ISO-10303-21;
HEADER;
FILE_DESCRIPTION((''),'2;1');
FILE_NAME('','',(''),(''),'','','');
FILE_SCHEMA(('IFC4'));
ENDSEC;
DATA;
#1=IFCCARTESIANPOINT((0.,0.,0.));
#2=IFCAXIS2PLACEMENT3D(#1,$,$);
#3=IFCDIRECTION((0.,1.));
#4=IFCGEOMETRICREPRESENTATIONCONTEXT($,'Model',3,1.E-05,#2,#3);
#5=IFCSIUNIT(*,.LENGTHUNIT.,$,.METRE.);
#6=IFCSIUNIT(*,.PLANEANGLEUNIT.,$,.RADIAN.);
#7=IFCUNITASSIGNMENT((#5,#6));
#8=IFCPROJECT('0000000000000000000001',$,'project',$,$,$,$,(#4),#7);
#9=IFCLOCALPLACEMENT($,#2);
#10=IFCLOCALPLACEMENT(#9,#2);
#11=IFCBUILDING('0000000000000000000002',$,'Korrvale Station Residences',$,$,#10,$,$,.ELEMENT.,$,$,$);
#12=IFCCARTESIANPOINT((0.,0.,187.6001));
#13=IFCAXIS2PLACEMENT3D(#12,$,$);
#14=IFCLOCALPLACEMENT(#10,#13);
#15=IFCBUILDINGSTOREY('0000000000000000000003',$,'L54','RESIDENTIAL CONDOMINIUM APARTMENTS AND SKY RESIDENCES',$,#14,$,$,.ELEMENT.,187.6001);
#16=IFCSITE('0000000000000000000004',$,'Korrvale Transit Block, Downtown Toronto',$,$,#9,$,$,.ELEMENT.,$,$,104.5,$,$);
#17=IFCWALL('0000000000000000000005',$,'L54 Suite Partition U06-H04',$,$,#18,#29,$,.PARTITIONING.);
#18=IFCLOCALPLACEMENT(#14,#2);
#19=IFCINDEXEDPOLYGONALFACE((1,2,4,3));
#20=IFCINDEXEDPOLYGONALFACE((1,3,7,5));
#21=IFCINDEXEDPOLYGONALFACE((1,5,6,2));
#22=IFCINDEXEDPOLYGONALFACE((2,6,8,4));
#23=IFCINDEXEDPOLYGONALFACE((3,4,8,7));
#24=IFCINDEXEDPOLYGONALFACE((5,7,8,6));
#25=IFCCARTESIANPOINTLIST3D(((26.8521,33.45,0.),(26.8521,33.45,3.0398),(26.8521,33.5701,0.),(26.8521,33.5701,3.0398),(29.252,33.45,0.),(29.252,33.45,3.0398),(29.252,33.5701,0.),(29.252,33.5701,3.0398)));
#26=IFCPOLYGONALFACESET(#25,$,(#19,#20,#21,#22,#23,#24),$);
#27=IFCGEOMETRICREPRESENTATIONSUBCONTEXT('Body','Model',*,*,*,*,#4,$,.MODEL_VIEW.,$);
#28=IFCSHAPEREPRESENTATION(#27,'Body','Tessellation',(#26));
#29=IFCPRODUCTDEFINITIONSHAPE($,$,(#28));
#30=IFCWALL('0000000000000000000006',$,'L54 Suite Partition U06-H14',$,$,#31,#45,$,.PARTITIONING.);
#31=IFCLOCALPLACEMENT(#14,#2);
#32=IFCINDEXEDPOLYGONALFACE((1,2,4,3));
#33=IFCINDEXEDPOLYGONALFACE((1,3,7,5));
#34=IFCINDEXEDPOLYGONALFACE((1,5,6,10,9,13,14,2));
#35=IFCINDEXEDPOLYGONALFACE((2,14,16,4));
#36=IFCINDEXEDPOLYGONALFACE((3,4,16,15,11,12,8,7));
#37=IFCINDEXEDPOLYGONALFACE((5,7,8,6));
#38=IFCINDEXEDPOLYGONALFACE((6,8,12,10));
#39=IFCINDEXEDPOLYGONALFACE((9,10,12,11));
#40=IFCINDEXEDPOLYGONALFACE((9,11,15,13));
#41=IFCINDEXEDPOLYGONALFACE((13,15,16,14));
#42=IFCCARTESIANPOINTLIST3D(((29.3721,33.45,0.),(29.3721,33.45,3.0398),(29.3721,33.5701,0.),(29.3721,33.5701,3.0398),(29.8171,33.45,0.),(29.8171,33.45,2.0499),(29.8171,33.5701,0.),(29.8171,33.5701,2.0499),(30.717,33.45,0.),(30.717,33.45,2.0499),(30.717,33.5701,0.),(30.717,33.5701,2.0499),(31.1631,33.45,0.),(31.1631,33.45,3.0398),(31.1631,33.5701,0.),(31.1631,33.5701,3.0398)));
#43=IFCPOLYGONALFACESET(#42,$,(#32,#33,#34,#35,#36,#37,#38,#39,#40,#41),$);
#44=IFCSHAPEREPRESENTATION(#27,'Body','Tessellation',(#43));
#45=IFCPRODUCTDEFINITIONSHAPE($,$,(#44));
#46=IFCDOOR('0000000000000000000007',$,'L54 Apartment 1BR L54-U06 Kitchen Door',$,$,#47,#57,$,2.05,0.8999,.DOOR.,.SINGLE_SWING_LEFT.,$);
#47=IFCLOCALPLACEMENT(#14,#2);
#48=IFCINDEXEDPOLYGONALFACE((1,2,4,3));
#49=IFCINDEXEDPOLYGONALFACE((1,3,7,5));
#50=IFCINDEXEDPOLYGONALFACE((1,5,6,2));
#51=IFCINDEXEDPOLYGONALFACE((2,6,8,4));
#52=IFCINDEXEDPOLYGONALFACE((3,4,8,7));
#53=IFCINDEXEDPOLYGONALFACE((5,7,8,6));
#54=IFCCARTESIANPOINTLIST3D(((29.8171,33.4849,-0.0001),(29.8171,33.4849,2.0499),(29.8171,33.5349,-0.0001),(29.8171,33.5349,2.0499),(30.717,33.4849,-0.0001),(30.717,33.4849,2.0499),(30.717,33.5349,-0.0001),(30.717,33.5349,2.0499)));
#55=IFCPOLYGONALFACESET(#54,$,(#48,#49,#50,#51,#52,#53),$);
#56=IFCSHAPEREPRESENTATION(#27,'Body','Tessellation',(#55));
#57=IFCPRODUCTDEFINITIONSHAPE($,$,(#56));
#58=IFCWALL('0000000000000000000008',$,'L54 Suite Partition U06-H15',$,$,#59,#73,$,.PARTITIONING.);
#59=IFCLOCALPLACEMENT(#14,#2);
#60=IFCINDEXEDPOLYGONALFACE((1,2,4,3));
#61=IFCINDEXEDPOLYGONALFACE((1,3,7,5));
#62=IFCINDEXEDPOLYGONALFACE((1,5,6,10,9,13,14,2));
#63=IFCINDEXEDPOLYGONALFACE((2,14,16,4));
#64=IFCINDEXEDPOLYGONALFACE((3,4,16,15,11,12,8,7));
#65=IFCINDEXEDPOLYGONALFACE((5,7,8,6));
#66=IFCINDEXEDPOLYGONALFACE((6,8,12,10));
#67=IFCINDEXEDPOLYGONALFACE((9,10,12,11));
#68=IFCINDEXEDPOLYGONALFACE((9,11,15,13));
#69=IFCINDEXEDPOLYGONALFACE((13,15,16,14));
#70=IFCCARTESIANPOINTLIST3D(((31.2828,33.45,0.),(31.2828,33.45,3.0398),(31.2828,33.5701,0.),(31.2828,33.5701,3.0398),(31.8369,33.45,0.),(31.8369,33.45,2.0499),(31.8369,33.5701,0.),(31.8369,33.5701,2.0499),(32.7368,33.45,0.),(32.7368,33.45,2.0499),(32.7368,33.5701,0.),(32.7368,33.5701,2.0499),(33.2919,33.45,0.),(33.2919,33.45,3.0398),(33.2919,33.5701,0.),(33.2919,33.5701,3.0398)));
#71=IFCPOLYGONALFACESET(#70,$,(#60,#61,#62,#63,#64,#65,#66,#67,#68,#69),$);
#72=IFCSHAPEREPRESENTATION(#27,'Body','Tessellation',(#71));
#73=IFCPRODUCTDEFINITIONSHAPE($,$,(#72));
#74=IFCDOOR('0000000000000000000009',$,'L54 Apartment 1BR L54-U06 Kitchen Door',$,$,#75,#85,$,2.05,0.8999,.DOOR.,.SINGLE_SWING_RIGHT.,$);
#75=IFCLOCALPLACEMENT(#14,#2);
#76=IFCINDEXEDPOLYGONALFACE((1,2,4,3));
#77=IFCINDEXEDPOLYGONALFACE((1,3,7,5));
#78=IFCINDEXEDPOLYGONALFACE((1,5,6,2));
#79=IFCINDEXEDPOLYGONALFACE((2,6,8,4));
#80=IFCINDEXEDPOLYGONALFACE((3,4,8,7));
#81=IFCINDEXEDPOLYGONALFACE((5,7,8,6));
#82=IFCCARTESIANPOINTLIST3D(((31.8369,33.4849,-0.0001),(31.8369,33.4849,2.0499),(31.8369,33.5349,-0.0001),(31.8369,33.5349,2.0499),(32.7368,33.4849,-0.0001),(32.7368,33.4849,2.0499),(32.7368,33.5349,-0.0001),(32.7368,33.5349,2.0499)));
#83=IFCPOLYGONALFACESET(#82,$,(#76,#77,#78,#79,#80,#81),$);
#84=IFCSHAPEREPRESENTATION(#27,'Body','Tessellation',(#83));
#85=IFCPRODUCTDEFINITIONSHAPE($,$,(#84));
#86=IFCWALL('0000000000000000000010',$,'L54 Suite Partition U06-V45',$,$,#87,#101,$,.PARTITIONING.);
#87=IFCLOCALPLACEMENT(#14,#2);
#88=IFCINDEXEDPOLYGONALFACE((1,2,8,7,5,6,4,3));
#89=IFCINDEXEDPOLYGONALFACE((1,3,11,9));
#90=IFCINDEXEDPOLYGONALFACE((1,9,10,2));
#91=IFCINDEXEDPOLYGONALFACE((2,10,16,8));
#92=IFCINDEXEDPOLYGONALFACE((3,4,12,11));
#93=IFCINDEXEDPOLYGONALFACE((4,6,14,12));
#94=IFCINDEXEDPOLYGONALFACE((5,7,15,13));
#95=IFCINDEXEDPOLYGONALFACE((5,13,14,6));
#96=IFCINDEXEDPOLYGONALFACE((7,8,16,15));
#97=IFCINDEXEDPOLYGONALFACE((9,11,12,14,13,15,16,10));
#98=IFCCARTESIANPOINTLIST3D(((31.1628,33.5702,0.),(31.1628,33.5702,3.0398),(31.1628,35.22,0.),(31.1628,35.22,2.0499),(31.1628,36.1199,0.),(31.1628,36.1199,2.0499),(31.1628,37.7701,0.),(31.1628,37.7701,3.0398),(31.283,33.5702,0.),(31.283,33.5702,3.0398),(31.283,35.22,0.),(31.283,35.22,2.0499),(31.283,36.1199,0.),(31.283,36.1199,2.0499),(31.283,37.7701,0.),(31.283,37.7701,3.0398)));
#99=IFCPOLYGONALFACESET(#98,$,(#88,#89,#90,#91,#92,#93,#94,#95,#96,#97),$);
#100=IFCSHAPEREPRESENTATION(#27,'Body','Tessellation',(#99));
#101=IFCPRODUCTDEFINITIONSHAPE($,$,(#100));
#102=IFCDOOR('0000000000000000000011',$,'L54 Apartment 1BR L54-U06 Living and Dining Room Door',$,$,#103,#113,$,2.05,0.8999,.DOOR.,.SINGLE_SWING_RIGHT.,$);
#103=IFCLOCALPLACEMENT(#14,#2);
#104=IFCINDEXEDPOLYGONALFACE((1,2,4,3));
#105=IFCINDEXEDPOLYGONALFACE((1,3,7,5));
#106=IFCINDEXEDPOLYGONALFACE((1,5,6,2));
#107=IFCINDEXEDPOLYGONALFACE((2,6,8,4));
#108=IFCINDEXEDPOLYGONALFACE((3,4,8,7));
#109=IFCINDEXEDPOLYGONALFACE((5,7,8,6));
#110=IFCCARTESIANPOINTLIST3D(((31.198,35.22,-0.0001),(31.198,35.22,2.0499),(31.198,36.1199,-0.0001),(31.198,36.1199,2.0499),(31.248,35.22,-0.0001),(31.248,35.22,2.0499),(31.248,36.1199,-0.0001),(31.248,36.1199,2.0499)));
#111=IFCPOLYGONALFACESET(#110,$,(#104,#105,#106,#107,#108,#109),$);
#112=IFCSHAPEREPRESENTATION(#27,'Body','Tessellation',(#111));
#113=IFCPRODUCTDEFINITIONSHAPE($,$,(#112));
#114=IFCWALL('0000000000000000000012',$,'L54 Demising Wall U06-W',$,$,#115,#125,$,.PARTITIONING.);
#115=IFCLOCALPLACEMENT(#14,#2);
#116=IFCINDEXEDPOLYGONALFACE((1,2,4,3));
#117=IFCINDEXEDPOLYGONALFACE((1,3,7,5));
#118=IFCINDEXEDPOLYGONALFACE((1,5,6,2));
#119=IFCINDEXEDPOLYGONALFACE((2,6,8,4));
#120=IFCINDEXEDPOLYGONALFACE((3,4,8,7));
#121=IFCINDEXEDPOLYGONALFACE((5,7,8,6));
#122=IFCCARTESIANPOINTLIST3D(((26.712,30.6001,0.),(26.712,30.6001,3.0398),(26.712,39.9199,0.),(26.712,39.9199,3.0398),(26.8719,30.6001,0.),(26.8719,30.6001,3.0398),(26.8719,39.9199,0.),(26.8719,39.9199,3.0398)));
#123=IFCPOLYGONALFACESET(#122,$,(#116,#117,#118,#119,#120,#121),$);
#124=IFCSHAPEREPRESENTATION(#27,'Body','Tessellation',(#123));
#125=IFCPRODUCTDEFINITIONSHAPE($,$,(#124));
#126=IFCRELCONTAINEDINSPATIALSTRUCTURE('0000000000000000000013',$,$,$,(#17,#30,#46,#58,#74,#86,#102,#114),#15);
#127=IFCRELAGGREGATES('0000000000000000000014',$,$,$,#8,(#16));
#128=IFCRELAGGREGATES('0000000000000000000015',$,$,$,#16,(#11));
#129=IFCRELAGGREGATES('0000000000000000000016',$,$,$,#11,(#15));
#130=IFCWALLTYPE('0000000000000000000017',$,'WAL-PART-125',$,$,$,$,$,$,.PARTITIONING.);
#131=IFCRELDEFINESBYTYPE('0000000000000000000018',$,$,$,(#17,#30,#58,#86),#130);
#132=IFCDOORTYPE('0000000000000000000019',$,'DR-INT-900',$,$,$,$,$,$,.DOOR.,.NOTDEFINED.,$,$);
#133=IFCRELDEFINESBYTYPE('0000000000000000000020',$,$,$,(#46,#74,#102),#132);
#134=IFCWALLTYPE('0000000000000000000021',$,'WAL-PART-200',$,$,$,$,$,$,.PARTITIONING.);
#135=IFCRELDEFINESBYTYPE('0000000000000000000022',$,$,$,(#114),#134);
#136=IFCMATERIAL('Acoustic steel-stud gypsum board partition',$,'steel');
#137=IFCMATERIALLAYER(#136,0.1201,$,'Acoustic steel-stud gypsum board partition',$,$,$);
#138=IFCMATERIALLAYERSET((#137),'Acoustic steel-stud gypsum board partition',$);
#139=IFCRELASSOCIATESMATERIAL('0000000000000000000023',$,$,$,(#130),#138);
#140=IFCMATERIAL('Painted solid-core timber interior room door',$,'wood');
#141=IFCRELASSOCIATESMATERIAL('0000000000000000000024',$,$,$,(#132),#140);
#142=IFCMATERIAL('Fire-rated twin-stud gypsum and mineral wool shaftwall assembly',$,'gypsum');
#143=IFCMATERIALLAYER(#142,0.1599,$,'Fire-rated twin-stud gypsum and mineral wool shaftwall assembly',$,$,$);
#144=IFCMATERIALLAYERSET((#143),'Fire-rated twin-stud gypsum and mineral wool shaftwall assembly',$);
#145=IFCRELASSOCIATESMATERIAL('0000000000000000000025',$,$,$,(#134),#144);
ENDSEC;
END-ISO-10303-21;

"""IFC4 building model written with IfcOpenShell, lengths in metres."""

from ifc_helpers import new_model, si_unit, direction, frame, frame_2d, origin, place, context, subcontext, project, spatial, rectangle, extrude, material, layer, layer_set, type_object, element, fill, save


model = new_model("IFC4")

# Units and contexts
model_context = context("Model", 3, precision=1e-05, world=origin(), true_north=direction((0.0, 1.0)))
body_context = subcontext(model_context, "Body", "Model", "MODEL_VIEW")
ifc_project = project(units=[si_unit("LENGTHUNIT", "METRE"), si_unit("PLANEANGLEUNIT", "RADIAN")], contexts=[model_context])

# Site, building, storey
site_placement = place(None, origin())
site = spatial("IfcSite", under=ifc_project, at=site_placement, Name="Korrvale Transit Block, Downtown Toronto", CompositionType="ELEMENT", RefElevation=104.5)
building_placement = place(site_placement, origin())
building = spatial("IfcBuilding", under=site, at=building_placement, Name="Korrvale Station Residences", CompositionType="ELEMENT")
storey_placement = place(building_placement, frame((0.0, 0.0, 187.6001)))
storey = spatial("IfcBuildingStorey", under=building, at=storey_placement, Name="L54", Description="RESIDENTIAL CONDOMINIUM APARTMENTS AND SKY RESIDENCES", CompositionType="ELEMENT", Elevation=187.6001)

# Shared definitions
ifc_material_1 = material(Name="Acoustic steel-stud gypsum board partition", Category="steel")
ifc_layer_1 = layer(ifc_material_1, 0.1201, Name="Acoustic steel-stud gypsum board partition")
ifc_layer_set_1 = layer_set([ifc_layer_1], Name="Acoustic steel-stud gypsum board partition")
wall_type_1 = type_object("IfcWallType", Name="WAL-PART-125", PredefinedType="PARTITIONING", material=ifc_layer_set_1)
ifc_material_2 = material(Name="Painted solid-core timber interior room door", Category="wood")
door_type_1 = type_object("IfcDoorType", Name="DR-INT-900", OperationType="NOTDEFINED", PredefinedType="DOOR", material=ifc_material_2)

# Wall
wall_1_placement = place(storey_placement, frame((26.8521, 33.51, 0.0), z_axis=(0.0, 0.0, 1.0), x_axis=(1.0, 0.0, 0.0)))
element("IfcWall", 1, at=wall_1_placement, inside=storey, type_object=wall_type_1, Name="L54 Suite Partition U06-H04", PredefinedType="PARTITIONING", context=body_context, shape_type="SweptSolid", body=[
    extrude(rectangle(XDim=2.3999, YDim=0.1201, at=frame_2d((1.2, 0.0))), origin(), (0.0, 0.0, 1.0), 3.0398),
])

# Walls, openings, doors
wall_2_placement = place(storey_placement, frame((29.3721, 33.51, 0.0), z_axis=(0.0, 0.0, 1.0), x_axis=(1.0, 0.0, 0.0)))
wall_2 = element("IfcWall", 2, at=wall_2_placement, inside=storey, type_object=wall_type_1, Name="L54 Suite Partition U06-H14", PredefinedType="PARTITIONING", context=body_context, shape_type="SweptSolid", body=[
    extrude(rectangle(XDim=1.791, YDim=0.1201, at=frame_2d((0.8955, 0.0))), origin(), (0.0, 0.0, 1.0), 3.0398),
])
opening_1_placement = place(wall_2_placement, frame((0.4451, 0.0, 0.0)))
opening_1 = element("IfcOpeningElement", 3, at=opening_1_placement, cuts=wall_2, PredefinedType="OPENING", context=body_context, shape_type="SweptSolid", body=[
    extrude(rectangle(XDim=0.8999, YDim=2.05, at=frame_2d((0.45, 1.0249))), frame((0.0, 0.0701, 0.0), z_axis=(0.0, -1.0, 0.0), x_axis=(1.0, 0.0, 0.0)), (0.0, 0.0, 1.0), 0.1401),
])
door_1_placement = place(opening_1_placement, origin())
door_1 = element("IfcDoor", 4, at=door_1_placement, inside=storey, type_object=door_type_1, Name="L54 Apartment 1BR L54-U06 Kitchen Door", OperationType="SINGLE_SWING_LEFT", OverallHeight=2.05, OverallWidth=0.8999, PredefinedType="DOOR", context=body_context, shape_type="SweptSolid", body=[
    extrude(rectangle(XDim=0.8999, YDim=2.05, at=frame_2d((0.45, 1.0249))), frame((0.0, 0.0249, 0.0), z_axis=(0.0, -1.0, 0.0), x_axis=(1.0, 0.0, 0.0)), (0.0, 0.0, 1.0), 0.05),
])
fill(opening_1, door_1)
wall_3_placement = place(storey_placement, frame((31.283, 33.51, 0.0), z_axis=(0.0, 0.0, 1.0), x_axis=(1.0, 0.0, 0.0)))
wall_3 = element("IfcWall", 5, at=wall_3_placement, inside=storey, type_object=wall_type_1, Name="L54 Suite Partition U06-H15", PredefinedType="PARTITIONING", context=body_context, shape_type="SweptSolid", body=[
    extrude(rectangle(XDim=2.009, YDim=0.1201, at=frame_2d((1.0044, 0.0))), origin(), (0.0, 0.0, 1.0), 3.0398),
])
opening_2_placement = place(wall_3_placement, frame((0.554, 0.0, 0.0)))
opening_2 = element("IfcOpeningElement", 6, at=opening_2_placement, cuts=wall_3, PredefinedType="OPENING", context=body_context, shape_type="SweptSolid", body=[
    extrude(rectangle(XDim=0.8999, YDim=2.05, at=frame_2d((0.45, 1.0249))), frame((0.0, 0.0701, 0.0), z_axis=(0.0, -1.0, 0.0), x_axis=(1.0, 0.0, 0.0)), (0.0, 0.0, 1.0), 0.1401),
])
door_2_placement = place(opening_2_placement, origin())
door_2 = element("IfcDoor", 7, at=door_2_placement, inside=storey, type_object=door_type_1, Name="L54 Apartment 1BR L54-U06 Kitchen Door", OperationType="SINGLE_SWING_RIGHT", OverallHeight=2.05, OverallWidth=0.8999, PredefinedType="DOOR", context=body_context, shape_type="SweptSolid", body=[
    extrude(rectangle(XDim=0.8999, YDim=2.05, at=frame_2d((0.45, 1.0249))), frame((0.0, 0.0249, 0.0), z_axis=(0.0, -1.0, 0.0), x_axis=(1.0, 0.0, 0.0)), (0.0, 0.0, 1.0), 0.05),
])
fill(opening_2, door_2)
wall_4_placement = place(storey_placement, frame((31.2229, 33.5701, 0.0), z_axis=(0.0, 0.0, 1.0), x_axis=(0.0, 1.0, 0.0)))
wall_4 = element("IfcWall", 8, at=wall_4_placement, inside=storey, type_object=wall_type_1, Name="L54 Suite Partition U06-V45", PredefinedType="PARTITIONING", context=body_context, shape_type="SweptSolid", body=[
    extrude(rectangle(XDim=4.2, YDim=0.1201, at=frame_2d((2.1001, 0.0))), origin(), (0.0, 0.0, 1.0), 3.0398),
])
opening_3_placement = place(wall_4_placement, frame((1.6499, 0.0, 0.0)))
opening_3 = element("IfcOpeningElement", 9, at=opening_3_placement, cuts=wall_4, PredefinedType="OPENING", context=body_context, shape_type="SweptSolid", body=[
    extrude(rectangle(XDim=0.8999, YDim=2.05, at=frame_2d((0.45, 1.0249))), frame((0.0, 0.0701, 0.0), z_axis=(0.0, -1.0, 0.0), x_axis=(1.0, 0.0, 0.0)), (0.0, 0.0, 1.0), 0.1401),
])
door_3_placement = place(opening_3_placement, origin())
door_3 = element("IfcDoor", 10, at=door_3_placement, inside=storey, type_object=door_type_1, Name="L54 Apartment 1BR L54-U06 Living and Dining Room Door", OperationType="SINGLE_SWING_RIGHT", OverallHeight=2.05, OverallWidth=0.8999, PredefinedType="DOOR", context=body_context, shape_type="SweptSolid", body=[
    extrude(rectangle(XDim=0.8999, YDim=2.05, at=frame_2d((0.45, 1.0249))), frame((0.0, 0.0249, 0.0), z_axis=(0.0, -1.0, 0.0), x_axis=(1.0, 0.0, 0.0)), (0.0, 0.0, 1.0), 0.05),
])
fill(opening_3, door_3)

# Wall
ifc_material_3 = material(Name="Fire-rated twin-stud gypsum and mineral wool shaftwall assembly", Category="gypsum")
ifc_layer_2 = layer(ifc_material_3, 0.1599, Name="Fire-rated twin-stud gypsum and mineral wool shaftwall assembly")
ifc_layer_set_2 = layer_set([ifc_layer_2], Name="Fire-rated twin-stud gypsum and mineral wool shaftwall assembly")
wall_type_2 = type_object("IfcWallType", Name="WAL-PART-200", PredefinedType="PARTITIONING", material=ifc_layer_set_2)
wall_5_placement = place(storey_placement, frame((26.792, 30.6001, 0.0), z_axis=(0.0, 0.0, 1.0), x_axis=(0.0, 1.0, 0.0)))
element("IfcWall", 11, at=wall_5_placement, inside=storey, type_object=wall_type_2, Name="L54 Demising Wall U06-W", PredefinedType="PARTITIONING", context=body_context, shape_type="SweptSolid", body=[
    extrude(rectangle(XDim=9.3198, YDim=0.1599, at=frame_2d((4.6599, 0.0))), origin(), (0.0, 0.0, 1.0), 3.0398),
])

save(model, "model.ifc")
